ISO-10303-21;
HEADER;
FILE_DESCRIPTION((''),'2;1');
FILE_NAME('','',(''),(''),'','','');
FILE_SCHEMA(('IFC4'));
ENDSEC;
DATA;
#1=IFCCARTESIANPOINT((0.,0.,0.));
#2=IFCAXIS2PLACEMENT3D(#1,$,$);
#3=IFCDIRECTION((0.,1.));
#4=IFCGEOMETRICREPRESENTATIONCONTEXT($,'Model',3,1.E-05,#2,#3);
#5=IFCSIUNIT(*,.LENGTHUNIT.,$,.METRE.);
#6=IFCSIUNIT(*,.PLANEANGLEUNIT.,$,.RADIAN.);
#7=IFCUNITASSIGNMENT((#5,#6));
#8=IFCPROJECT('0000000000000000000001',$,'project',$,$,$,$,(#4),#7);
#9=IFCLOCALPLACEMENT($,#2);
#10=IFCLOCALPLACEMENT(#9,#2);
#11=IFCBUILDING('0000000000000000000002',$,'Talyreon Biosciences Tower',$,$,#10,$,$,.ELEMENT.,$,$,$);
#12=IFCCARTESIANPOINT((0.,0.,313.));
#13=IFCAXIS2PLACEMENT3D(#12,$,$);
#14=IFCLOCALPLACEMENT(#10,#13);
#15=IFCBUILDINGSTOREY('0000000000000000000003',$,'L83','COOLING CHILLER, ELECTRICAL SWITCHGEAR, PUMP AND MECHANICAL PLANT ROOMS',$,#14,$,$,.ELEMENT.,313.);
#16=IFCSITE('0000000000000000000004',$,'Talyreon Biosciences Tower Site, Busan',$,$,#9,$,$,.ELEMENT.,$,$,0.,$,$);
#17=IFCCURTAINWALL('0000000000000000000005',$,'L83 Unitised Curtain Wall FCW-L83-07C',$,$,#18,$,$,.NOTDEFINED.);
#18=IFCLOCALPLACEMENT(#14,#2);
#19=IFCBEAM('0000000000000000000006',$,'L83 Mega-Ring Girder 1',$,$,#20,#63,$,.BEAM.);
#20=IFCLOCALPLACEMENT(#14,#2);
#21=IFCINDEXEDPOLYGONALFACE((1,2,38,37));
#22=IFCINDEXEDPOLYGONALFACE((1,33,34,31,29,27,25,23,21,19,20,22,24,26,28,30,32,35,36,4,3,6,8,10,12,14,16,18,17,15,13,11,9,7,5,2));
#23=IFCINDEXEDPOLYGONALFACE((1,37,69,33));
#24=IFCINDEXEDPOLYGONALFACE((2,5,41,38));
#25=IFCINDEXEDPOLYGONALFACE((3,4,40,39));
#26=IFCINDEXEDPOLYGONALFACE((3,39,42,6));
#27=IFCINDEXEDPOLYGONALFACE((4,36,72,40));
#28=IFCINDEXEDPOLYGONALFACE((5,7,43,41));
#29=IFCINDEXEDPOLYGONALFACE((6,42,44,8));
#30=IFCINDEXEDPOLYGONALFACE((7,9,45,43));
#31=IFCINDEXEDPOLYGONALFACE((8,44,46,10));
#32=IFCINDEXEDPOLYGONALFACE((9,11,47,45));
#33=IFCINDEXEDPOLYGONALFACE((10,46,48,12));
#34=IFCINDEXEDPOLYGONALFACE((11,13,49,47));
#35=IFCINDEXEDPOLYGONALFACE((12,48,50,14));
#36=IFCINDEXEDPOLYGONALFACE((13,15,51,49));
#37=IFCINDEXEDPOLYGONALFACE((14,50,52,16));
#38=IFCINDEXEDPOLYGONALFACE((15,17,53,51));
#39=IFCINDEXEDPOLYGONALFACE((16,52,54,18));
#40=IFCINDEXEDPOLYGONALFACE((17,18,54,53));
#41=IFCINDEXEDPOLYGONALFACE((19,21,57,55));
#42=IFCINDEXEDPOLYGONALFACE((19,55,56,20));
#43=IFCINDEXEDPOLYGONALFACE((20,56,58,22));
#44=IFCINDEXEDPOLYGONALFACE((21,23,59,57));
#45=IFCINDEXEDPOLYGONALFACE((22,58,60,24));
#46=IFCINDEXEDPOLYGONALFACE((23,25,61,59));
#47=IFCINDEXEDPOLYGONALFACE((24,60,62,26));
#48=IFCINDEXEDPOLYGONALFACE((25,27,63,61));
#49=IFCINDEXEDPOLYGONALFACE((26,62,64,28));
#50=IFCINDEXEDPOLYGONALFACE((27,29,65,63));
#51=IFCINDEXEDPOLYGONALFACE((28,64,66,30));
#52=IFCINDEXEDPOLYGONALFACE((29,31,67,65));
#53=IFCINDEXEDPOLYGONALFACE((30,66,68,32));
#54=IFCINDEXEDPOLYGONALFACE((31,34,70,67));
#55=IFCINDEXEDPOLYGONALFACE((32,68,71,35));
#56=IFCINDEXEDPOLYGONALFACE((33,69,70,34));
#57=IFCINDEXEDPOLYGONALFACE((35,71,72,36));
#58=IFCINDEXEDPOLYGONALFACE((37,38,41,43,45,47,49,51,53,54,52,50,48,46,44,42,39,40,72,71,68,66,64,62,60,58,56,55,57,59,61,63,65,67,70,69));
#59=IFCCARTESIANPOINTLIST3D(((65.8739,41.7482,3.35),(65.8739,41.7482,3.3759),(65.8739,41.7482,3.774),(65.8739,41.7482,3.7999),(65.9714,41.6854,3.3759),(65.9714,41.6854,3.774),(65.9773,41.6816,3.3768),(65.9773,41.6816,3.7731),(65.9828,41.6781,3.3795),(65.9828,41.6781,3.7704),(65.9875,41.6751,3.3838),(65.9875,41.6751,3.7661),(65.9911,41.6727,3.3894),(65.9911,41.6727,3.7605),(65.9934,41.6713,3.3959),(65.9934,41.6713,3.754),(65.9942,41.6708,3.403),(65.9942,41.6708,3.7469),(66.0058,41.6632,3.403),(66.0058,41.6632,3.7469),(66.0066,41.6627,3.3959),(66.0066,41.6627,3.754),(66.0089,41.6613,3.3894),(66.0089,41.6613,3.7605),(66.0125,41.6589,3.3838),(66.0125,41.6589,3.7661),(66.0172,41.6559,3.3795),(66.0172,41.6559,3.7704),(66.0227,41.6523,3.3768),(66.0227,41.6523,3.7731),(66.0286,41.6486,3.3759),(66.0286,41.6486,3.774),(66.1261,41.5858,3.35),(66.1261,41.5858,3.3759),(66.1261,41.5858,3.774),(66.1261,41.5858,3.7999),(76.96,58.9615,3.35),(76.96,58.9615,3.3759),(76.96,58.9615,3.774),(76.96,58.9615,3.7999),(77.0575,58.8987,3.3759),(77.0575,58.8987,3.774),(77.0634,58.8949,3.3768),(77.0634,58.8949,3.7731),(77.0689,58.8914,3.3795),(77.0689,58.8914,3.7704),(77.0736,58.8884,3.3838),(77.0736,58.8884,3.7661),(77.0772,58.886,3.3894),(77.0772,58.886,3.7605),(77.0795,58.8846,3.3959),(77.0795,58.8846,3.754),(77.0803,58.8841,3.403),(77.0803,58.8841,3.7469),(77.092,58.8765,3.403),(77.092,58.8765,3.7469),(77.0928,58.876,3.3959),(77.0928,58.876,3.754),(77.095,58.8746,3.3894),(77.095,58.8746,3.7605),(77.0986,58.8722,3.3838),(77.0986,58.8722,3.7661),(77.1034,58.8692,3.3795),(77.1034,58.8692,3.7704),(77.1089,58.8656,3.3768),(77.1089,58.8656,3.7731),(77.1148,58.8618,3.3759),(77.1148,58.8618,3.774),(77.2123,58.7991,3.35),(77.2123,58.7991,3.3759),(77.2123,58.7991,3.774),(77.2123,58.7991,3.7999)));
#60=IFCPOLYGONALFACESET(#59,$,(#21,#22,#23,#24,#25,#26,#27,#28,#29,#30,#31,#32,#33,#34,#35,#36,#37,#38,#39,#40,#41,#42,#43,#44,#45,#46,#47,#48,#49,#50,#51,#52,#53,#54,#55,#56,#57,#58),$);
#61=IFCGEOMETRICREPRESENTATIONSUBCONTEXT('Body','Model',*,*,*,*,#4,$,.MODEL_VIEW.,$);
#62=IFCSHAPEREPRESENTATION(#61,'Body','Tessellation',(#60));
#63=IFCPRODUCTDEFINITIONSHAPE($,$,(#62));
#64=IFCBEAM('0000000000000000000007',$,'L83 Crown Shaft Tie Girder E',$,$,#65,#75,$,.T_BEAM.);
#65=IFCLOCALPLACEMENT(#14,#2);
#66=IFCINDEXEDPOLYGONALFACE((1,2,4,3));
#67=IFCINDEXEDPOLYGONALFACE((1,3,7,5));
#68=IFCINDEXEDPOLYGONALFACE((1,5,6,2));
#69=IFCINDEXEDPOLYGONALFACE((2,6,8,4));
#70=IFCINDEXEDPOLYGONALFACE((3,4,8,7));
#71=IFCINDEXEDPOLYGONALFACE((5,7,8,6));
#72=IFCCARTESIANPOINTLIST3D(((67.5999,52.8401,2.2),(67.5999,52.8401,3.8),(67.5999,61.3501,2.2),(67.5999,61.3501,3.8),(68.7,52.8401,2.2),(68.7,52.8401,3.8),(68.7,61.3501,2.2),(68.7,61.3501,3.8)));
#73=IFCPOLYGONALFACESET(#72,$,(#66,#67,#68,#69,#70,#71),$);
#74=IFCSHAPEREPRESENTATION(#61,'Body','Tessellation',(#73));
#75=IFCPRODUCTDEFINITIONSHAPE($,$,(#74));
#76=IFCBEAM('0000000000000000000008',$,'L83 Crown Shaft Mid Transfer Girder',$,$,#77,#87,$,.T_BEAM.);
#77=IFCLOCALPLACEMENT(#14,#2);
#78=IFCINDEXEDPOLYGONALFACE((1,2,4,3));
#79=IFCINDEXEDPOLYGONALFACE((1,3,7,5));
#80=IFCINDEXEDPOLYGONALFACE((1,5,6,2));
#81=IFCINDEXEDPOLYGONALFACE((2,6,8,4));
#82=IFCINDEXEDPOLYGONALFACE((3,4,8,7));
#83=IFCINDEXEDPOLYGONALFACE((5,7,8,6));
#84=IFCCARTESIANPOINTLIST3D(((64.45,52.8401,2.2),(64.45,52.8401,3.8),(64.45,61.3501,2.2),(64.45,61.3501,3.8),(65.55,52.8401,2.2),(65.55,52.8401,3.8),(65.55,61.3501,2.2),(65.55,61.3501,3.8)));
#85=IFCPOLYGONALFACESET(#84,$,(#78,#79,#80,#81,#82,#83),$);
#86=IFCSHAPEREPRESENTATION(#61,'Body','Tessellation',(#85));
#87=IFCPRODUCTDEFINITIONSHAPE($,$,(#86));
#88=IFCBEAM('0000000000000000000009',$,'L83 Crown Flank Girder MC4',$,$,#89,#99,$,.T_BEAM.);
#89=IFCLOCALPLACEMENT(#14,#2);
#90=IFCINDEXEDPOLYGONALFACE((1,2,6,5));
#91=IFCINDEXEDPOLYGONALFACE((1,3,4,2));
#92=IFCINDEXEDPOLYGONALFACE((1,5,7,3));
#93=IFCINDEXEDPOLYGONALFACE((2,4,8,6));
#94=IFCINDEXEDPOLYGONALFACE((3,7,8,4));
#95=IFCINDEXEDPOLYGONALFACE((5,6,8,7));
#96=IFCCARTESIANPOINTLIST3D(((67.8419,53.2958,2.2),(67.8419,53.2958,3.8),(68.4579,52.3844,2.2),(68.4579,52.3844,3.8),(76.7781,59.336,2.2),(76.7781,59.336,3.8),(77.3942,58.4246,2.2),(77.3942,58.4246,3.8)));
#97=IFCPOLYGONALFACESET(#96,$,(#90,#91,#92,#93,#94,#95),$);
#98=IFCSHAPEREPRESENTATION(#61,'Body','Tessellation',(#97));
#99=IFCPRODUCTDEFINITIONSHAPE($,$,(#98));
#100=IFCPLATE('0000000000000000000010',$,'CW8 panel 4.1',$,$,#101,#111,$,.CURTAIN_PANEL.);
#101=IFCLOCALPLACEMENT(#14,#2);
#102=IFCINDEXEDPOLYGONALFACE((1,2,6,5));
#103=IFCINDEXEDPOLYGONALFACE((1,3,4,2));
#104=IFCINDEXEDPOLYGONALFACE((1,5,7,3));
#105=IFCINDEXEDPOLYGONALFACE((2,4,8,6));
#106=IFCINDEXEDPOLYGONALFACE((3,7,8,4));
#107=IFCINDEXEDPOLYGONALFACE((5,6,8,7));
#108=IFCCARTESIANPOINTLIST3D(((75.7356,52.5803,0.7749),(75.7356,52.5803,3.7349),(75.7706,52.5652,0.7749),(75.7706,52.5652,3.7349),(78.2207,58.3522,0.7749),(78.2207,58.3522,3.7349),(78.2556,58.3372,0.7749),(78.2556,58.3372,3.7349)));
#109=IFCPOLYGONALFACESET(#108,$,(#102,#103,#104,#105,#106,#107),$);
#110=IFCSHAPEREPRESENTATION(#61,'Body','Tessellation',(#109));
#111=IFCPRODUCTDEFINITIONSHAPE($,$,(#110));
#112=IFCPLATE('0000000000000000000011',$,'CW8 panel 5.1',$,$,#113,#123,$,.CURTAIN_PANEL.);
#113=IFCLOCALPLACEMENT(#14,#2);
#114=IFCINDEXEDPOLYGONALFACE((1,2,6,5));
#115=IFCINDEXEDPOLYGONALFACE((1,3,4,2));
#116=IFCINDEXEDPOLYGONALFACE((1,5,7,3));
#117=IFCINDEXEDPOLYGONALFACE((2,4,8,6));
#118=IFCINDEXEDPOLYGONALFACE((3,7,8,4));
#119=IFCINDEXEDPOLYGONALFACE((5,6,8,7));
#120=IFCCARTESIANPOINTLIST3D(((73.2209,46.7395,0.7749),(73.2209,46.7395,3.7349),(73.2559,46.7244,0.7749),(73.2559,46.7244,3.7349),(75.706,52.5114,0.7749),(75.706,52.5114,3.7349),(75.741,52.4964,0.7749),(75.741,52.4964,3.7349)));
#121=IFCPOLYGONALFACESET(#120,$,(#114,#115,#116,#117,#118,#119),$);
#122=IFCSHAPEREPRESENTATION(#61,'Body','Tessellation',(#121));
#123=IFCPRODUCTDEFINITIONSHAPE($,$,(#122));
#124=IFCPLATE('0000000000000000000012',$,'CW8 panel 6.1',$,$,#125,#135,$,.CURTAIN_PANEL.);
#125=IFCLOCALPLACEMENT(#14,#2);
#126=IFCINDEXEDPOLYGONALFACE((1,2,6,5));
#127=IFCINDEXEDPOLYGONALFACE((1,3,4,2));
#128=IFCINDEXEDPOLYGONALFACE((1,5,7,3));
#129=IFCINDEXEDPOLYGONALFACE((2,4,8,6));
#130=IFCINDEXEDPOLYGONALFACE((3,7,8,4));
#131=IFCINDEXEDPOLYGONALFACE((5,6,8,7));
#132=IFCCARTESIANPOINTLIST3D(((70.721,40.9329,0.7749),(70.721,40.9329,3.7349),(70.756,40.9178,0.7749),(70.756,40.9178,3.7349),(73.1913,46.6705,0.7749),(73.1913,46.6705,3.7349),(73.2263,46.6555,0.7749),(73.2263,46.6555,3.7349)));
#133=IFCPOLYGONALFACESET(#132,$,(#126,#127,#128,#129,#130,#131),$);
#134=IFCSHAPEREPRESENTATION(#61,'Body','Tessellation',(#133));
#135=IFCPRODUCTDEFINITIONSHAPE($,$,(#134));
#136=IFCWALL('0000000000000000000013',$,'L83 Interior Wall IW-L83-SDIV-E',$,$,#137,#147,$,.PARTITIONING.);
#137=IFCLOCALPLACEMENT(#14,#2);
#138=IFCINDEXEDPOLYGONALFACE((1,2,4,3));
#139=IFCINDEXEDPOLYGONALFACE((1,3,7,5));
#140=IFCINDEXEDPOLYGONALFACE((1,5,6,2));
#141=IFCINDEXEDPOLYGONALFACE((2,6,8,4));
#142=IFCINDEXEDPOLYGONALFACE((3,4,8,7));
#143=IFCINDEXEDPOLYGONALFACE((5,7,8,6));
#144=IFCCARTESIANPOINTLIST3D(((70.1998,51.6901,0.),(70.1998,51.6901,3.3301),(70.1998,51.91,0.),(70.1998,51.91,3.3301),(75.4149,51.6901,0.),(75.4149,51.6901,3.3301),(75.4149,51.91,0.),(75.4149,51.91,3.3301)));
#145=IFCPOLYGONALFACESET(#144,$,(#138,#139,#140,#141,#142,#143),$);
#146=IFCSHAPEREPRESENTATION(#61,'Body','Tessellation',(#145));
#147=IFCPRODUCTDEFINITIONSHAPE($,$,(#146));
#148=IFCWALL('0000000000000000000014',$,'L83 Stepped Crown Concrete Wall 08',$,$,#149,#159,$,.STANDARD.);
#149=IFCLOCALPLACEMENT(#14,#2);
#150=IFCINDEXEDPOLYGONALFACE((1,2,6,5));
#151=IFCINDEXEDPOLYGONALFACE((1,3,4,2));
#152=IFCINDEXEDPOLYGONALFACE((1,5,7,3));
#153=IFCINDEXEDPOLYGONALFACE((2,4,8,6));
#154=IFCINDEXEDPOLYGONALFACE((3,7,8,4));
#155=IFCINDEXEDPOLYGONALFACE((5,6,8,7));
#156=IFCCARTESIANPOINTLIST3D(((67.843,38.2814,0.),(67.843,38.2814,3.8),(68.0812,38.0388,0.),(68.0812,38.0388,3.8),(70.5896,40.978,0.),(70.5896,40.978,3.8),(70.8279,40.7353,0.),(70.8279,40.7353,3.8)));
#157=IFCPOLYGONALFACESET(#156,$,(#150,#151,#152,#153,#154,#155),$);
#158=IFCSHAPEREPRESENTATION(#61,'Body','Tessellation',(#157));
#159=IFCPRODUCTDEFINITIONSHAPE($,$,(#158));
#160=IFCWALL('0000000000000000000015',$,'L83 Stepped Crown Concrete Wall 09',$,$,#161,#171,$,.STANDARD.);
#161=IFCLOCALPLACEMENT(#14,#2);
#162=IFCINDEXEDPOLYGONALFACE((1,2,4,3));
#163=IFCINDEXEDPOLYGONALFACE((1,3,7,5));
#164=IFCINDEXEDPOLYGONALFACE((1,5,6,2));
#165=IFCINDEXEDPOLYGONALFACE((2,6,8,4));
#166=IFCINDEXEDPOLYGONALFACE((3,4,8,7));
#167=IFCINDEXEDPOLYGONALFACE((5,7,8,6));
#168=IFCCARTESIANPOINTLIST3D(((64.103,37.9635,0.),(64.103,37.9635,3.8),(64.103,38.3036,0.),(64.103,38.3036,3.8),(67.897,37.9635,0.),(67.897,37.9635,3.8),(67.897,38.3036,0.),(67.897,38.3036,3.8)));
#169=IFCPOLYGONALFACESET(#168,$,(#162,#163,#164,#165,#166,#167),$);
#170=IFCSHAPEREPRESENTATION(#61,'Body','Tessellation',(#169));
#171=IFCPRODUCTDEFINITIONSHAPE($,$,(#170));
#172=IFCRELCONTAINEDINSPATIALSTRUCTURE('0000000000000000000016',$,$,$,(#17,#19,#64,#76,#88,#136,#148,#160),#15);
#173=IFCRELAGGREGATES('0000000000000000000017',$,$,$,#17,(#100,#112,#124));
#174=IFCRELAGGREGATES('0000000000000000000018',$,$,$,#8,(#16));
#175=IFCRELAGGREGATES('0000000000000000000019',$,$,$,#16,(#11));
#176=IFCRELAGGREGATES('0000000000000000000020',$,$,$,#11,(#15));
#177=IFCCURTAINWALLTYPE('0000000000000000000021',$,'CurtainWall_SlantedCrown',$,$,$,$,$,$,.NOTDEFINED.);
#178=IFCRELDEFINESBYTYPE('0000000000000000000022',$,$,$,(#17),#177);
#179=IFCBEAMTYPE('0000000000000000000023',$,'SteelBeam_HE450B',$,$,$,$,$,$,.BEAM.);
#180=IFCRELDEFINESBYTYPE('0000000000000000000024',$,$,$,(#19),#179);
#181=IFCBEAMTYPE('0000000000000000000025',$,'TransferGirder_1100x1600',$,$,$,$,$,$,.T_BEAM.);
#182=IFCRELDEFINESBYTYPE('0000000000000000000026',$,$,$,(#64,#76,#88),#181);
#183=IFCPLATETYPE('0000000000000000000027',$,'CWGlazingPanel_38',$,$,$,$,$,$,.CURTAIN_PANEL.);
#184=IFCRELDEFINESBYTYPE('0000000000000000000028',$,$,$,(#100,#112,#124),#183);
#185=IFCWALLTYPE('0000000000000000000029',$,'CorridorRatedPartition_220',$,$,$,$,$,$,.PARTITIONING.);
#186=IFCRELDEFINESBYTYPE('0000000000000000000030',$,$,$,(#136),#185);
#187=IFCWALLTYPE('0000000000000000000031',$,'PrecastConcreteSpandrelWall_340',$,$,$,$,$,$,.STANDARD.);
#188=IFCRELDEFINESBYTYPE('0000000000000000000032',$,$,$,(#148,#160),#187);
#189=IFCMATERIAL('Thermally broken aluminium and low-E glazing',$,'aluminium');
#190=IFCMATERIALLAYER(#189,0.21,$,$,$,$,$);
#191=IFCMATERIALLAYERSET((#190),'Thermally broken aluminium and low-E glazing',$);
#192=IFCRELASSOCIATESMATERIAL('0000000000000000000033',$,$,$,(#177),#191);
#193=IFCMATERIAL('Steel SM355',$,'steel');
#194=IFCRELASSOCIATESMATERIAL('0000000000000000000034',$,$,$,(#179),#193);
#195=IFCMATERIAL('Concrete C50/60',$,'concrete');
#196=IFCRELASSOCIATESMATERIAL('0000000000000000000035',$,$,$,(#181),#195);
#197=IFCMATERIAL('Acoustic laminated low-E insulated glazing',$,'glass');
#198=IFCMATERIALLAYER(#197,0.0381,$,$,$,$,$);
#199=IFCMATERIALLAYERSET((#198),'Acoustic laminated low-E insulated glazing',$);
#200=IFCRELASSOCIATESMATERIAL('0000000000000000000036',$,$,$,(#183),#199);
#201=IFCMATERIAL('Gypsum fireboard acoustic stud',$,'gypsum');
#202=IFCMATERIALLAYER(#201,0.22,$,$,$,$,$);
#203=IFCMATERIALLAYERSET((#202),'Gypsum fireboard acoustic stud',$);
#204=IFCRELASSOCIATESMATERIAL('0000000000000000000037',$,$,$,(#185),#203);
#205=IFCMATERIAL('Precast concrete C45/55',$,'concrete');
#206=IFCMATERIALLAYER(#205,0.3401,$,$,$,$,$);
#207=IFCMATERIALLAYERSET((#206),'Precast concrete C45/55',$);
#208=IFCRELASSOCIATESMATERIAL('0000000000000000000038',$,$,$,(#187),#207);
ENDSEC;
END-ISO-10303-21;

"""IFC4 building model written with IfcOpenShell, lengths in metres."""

from ifc_helpers import new_model, si_unit, direction, frame, frame_2d, origin, origin_2d, place, context, subcontext, project, spatial, rectangle, i_section, extrude, material, layer, layer_set, material_profile, profile_set, type_object, element, aggregate, save


model = new_model("IFC4")

# Units and contexts
model_context = context("Model", 3, precision=1e-05, world=origin(), true_north=direction((0.0, 1.0)))
body_context = subcontext(model_context, "Body", "Model", "MODEL_VIEW")
ifc_project = project(units=[si_unit("LENGTHUNIT", "METRE"), si_unit("PLANEANGLEUNIT", "RADIAN")], contexts=[model_context])

# Site, building, storey
site_placement = place(None, origin())
site = spatial("IfcSite", under=ifc_project, at=site_placement, Name="Talyreon Biosciences Tower Site, Busan", CompositionType="ELEMENT", RefElevation=0.0)
building_placement = place(site_placement, origin())
building = spatial("IfcBuilding", under=site, at=building_placement, Name="Talyreon Biosciences Tower", CompositionType="ELEMENT")
storey_placement = place(building_placement, frame((0.0, 0.0, 313.0)))
storey = spatial("IfcBuildingStorey", under=building, at=storey_placement, Name="L83", Description="COOLING CHILLER, ELECTRICAL SWITCHGEAR, PUMP AND MECHANICAL PLANT ROOMS", CompositionType="ELEMENT", Elevation=313.0)

# Shared definitions
ifc_material_1 = material(Name="Concrete C50/60", Category="concrete")

# Curtain wall
ifc_material_2 = material(Name="Thermally broken aluminium and low-E glazing", Category="aluminium")
ifc_layer_1 = layer(ifc_material_2, 0.21)
ifc_layer_set_1 = layer_set([ifc_layer_1], Name="Thermally broken aluminium and low-E glazing")
curtain_wall_type = type_object("IfcCurtainWallType", Name="CurtainWall_SlantedCrown", PredefinedType="NOTDEFINED", material=ifc_layer_set_1)
curtain_wall_placement = place(storey_placement, origin())
curtain_wall = element("IfcCurtainWall", 1, at=curtain_wall_placement, inside=storey, type_object=curtain_wall_type, Name="L83 Unitised Curtain Wall FCW-L83-07C", PredefinedType="NOTDEFINED")

# Beams
ifc_material_3 = material(Name="Steel SM355", Category="steel")
ifc_material_profile_1 = material_profile(ifc_material_3, i_section(OverallWidth=0.3, OverallDepth=0.45, WebThickness=0.0139, FlangeThickness=0.0259, FilletRadius=0.0271, at=origin_2d()), Name="HE450B")
ifc_profile_set_1 = profile_set([ifc_material_profile_1], Name="Steel SM355")
beam_type_1 = type_object("IfcBeamType", Name="SteelBeam_HE450B", PredefinedType="BEAM", material=ifc_profile_set_1)
beam_1_placement = place(storey_placement, frame((66.0, 41.667, 3.575), z_axis=(0.541464, 0.840724, 0.0), x_axis=(-0.840724, 0.541464, 0.0)))
element("IfcBeam", 2, at=beam_1_placement, inside=storey, type_object=beam_type_1, Name="L83 Mega-Ring Girder 1", PredefinedType="BEAM", context=body_context, shape_type="SweptSolid", body=[
    extrude(i_section(OverallWidth=0.3, OverallDepth=0.45, WebThickness=0.0139, FlangeThickness=0.0259, FilletRadius=0.0271, at=origin_2d()), origin(), (0.0, 0.0, 1.0), 20.4744),
])
ifc_material_profile_2 = material_profile(ifc_material_1, rectangle(XDim=1.1001, YDim=1.6001, at=origin_2d()), Name="RCB 1100x1600")
ifc_profile_set_2 = profile_set([ifc_material_profile_2], Name="Concrete C50/60")
beam_type_2 = type_object("IfcBeamType", Name="TransferGirder_1100x1600", PredefinedType="T_BEAM", material=ifc_profile_set_2)
for number, where, z_axis, x_axis, name in (
    (3, (68.1499, 52.8401, 3.0), (0.0, 1.0, 0.0), (-1.0, 0.0, 0.0), "L83 Crown Shaft Tie Girder E"),
    (4, (65.0, 52.8401, 3.0), (0.0, 1.0, 0.0), (-1.0, 0.0, 0.0), "L83 Crown Shaft Mid Transfer Girder"),
):
    element("IfcBeam", number, at=place(storey_placement, frame(where, z_axis=z_axis, x_axis=x_axis)), inside=storey, type_object=beam_type_2, Name=name, PredefinedType="T_BEAM", context=body_context, shape_type="SweptSolid", body=[
        extrude(rectangle(XDim=1.1001, YDim=1.6001, at=origin_2d()), origin(), (0.0, 0.0, 1.0), 8.51),
    ])
beam_2_placement = place(storey_placement, frame((68.1499, 52.8401, 3.0), z_axis=(0.828492, 0.560001, 0.0), x_axis=(-0.560001, 0.828492, 0.0)))
element("IfcBeam", 5, at=beam_2_placement, inside=storey, type_object=beam_type_2, Name="L83 Crown Flank Girder MC4", PredefinedType="T_BEAM", context=body_context, shape_type="SweptSolid", body=[
    extrude(rectangle(XDim=1.1001, YDim=1.6001, at=origin_2d()), origin(), (0.0, 0.0, 1.0), 10.7861),
])

# Plates
ifc_material_4 = material(Name="Acoustic laminated low-E insulated glazing", Category="glass")
ifc_layer_2 = layer(ifc_material_4, 0.0381)
ifc_layer_set_2 = layer_set([ifc_layer_2], Name="Acoustic laminated low-E insulated glazing")
plate_type = type_object("IfcPlateType", Name="CWGlazingPanel_38", PredefinedType="CURTAIN_PANEL", material=ifc_layer_set_2)
plate_1_placement = place(storey_placement, frame((76.9956, 55.4587, 0.7749), z_axis=(0.0, 0.0, 1.0), x_axis=(-0.395451, -0.918487, 0.0)))
plate_1 = element("IfcPlate", 6, at=plate_1_placement, type_object=plate_type, Name="CW8 panel 4.1", PredefinedType="CURTAIN_PANEL", context=body_context, shape_type="SweptSolid", body=[
    extrude(rectangle(XDim=6.2842, YDim=0.0381, at=origin_2d()), origin(), (0.0, 0.0, 1.0), 2.96),
])
plate_2_placement = place(storey_placement, frame((74.481, 49.6179, 0.7749), z_axis=(0.0, 0.0, 1.0), x_axis=(-0.395451, -0.918487, 0.0)))
plate_2 = element("IfcPlate", 7, at=plate_2_placement, type_object=plate_type, Name="CW8 panel 5.1", PredefinedType="CURTAIN_PANEL", context=body_context, shape_type="SweptSolid", body=[
    extrude(rectangle(XDim=6.2842, YDim=0.0381, at=origin_2d()), origin(), (0.0, 0.0, 1.0), 2.96),
])
plate_3_placement = place(storey_placement, frame((71.9736, 43.7942, 0.7749), z_axis=(0.0, 0.0, 1.0), x_axis=(-0.395451, -0.918487, 0.0)))
plate_3 = element("IfcPlate", 8, at=plate_3_placement, type_object=plate_type, Name="CW8 panel 6.1", PredefinedType="CURTAIN_PANEL", context=body_context, shape_type="SweptSolid", body=[
    extrude(rectangle(XDim=6.2468, YDim=0.0381, at=origin_2d()), origin(), (0.0, 0.0, 1.0), 2.96),
])
aggregate(curtain_wall, [plate_1, plate_2, plate_3])

# Walls
ifc_material_5 = material(Name="Gypsum fireboard acoustic stud", Category="gypsum")
ifc_layer_3 = layer(ifc_material_5, 0.22)
ifc_layer_set_3 = layer_set([ifc_layer_3], Name="Gypsum fireboard acoustic stud")
wall_type_1 = type_object("IfcWallType", Name="CorridorRatedPartition_220", PredefinedType="PARTITIONING", material=ifc_layer_set_3)
wall_1_placement = place(storey_placement, frame((70.2, 51.8, 0.0), z_axis=(0.0, 0.0, 1.0), x_axis=(1.0, 0.0, 0.0)))
element("IfcWall", 9, at=wall_1_placement, inside=storey, type_object=wall_type_1, Name="L83 Interior Wall IW-L83-SDIV-E", PredefinedType="PARTITIONING", context=body_context, shape_type="SweptSolid", body=[
    extrude(rectangle(XDim=5.2151, YDim=0.22, at=frame_2d((2.6074, 0.0))), origin(), (0.0, 0.0, 1.0), 3.3301),
])
ifc_material_6 = material(Name="Precast concrete C45/55", Category="concrete")
ifc_layer_4 = layer(ifc_material_6, 0.3401)
ifc_layer_set_4 = layer_set([ifc_layer_4], Name="Precast concrete C45/55")
wall_type_2 = type_object("IfcWallType", Name="PrecastConcreteSpandrelWall_340", PredefinedType="STANDARD", material=ifc_layer_set_4)
wall_2_placement = place(storey_placement, frame((70.7087, 40.8567, 0.0), z_axis=(0.0, 0.0, 1.0), x_axis=(-0.713578, -0.700575, 0.0)))
element("IfcWall", 10, at=wall_2_placement, inside=storey, type_object=wall_type_2, Name="L83 Stepped Crown Concrete Wall 08", PredefinedType="STANDARD", context=body_context, shape_type="SweptSolid", body=[
    extrude(rectangle(XDim=3.8491, YDim=0.3401, at=frame_2d((1.9246, 0.0))), origin(), (0.0, 0.0, 1.0), 3.8),
])
wall_3_placement = place(storey_placement, frame((67.897, 38.1335, 0.0), z_axis=(0.0, 0.0, 1.0), x_axis=(-1.0, 0.0, 0.0)))
element("IfcWall", 11, at=wall_3_placement, inside=storey, type_object=wall_type_2, Name="L83 Stepped Crown Concrete Wall 09", PredefinedType="STANDARD", context=body_context, shape_type="SweptSolid", body=[
    extrude(rectangle(XDim=3.7939, YDim=0.3401, at=frame_2d((1.897, 0.0))), origin(), (0.0, 0.0, 1.0), 3.8),
])

save(model, "model.ifc")
